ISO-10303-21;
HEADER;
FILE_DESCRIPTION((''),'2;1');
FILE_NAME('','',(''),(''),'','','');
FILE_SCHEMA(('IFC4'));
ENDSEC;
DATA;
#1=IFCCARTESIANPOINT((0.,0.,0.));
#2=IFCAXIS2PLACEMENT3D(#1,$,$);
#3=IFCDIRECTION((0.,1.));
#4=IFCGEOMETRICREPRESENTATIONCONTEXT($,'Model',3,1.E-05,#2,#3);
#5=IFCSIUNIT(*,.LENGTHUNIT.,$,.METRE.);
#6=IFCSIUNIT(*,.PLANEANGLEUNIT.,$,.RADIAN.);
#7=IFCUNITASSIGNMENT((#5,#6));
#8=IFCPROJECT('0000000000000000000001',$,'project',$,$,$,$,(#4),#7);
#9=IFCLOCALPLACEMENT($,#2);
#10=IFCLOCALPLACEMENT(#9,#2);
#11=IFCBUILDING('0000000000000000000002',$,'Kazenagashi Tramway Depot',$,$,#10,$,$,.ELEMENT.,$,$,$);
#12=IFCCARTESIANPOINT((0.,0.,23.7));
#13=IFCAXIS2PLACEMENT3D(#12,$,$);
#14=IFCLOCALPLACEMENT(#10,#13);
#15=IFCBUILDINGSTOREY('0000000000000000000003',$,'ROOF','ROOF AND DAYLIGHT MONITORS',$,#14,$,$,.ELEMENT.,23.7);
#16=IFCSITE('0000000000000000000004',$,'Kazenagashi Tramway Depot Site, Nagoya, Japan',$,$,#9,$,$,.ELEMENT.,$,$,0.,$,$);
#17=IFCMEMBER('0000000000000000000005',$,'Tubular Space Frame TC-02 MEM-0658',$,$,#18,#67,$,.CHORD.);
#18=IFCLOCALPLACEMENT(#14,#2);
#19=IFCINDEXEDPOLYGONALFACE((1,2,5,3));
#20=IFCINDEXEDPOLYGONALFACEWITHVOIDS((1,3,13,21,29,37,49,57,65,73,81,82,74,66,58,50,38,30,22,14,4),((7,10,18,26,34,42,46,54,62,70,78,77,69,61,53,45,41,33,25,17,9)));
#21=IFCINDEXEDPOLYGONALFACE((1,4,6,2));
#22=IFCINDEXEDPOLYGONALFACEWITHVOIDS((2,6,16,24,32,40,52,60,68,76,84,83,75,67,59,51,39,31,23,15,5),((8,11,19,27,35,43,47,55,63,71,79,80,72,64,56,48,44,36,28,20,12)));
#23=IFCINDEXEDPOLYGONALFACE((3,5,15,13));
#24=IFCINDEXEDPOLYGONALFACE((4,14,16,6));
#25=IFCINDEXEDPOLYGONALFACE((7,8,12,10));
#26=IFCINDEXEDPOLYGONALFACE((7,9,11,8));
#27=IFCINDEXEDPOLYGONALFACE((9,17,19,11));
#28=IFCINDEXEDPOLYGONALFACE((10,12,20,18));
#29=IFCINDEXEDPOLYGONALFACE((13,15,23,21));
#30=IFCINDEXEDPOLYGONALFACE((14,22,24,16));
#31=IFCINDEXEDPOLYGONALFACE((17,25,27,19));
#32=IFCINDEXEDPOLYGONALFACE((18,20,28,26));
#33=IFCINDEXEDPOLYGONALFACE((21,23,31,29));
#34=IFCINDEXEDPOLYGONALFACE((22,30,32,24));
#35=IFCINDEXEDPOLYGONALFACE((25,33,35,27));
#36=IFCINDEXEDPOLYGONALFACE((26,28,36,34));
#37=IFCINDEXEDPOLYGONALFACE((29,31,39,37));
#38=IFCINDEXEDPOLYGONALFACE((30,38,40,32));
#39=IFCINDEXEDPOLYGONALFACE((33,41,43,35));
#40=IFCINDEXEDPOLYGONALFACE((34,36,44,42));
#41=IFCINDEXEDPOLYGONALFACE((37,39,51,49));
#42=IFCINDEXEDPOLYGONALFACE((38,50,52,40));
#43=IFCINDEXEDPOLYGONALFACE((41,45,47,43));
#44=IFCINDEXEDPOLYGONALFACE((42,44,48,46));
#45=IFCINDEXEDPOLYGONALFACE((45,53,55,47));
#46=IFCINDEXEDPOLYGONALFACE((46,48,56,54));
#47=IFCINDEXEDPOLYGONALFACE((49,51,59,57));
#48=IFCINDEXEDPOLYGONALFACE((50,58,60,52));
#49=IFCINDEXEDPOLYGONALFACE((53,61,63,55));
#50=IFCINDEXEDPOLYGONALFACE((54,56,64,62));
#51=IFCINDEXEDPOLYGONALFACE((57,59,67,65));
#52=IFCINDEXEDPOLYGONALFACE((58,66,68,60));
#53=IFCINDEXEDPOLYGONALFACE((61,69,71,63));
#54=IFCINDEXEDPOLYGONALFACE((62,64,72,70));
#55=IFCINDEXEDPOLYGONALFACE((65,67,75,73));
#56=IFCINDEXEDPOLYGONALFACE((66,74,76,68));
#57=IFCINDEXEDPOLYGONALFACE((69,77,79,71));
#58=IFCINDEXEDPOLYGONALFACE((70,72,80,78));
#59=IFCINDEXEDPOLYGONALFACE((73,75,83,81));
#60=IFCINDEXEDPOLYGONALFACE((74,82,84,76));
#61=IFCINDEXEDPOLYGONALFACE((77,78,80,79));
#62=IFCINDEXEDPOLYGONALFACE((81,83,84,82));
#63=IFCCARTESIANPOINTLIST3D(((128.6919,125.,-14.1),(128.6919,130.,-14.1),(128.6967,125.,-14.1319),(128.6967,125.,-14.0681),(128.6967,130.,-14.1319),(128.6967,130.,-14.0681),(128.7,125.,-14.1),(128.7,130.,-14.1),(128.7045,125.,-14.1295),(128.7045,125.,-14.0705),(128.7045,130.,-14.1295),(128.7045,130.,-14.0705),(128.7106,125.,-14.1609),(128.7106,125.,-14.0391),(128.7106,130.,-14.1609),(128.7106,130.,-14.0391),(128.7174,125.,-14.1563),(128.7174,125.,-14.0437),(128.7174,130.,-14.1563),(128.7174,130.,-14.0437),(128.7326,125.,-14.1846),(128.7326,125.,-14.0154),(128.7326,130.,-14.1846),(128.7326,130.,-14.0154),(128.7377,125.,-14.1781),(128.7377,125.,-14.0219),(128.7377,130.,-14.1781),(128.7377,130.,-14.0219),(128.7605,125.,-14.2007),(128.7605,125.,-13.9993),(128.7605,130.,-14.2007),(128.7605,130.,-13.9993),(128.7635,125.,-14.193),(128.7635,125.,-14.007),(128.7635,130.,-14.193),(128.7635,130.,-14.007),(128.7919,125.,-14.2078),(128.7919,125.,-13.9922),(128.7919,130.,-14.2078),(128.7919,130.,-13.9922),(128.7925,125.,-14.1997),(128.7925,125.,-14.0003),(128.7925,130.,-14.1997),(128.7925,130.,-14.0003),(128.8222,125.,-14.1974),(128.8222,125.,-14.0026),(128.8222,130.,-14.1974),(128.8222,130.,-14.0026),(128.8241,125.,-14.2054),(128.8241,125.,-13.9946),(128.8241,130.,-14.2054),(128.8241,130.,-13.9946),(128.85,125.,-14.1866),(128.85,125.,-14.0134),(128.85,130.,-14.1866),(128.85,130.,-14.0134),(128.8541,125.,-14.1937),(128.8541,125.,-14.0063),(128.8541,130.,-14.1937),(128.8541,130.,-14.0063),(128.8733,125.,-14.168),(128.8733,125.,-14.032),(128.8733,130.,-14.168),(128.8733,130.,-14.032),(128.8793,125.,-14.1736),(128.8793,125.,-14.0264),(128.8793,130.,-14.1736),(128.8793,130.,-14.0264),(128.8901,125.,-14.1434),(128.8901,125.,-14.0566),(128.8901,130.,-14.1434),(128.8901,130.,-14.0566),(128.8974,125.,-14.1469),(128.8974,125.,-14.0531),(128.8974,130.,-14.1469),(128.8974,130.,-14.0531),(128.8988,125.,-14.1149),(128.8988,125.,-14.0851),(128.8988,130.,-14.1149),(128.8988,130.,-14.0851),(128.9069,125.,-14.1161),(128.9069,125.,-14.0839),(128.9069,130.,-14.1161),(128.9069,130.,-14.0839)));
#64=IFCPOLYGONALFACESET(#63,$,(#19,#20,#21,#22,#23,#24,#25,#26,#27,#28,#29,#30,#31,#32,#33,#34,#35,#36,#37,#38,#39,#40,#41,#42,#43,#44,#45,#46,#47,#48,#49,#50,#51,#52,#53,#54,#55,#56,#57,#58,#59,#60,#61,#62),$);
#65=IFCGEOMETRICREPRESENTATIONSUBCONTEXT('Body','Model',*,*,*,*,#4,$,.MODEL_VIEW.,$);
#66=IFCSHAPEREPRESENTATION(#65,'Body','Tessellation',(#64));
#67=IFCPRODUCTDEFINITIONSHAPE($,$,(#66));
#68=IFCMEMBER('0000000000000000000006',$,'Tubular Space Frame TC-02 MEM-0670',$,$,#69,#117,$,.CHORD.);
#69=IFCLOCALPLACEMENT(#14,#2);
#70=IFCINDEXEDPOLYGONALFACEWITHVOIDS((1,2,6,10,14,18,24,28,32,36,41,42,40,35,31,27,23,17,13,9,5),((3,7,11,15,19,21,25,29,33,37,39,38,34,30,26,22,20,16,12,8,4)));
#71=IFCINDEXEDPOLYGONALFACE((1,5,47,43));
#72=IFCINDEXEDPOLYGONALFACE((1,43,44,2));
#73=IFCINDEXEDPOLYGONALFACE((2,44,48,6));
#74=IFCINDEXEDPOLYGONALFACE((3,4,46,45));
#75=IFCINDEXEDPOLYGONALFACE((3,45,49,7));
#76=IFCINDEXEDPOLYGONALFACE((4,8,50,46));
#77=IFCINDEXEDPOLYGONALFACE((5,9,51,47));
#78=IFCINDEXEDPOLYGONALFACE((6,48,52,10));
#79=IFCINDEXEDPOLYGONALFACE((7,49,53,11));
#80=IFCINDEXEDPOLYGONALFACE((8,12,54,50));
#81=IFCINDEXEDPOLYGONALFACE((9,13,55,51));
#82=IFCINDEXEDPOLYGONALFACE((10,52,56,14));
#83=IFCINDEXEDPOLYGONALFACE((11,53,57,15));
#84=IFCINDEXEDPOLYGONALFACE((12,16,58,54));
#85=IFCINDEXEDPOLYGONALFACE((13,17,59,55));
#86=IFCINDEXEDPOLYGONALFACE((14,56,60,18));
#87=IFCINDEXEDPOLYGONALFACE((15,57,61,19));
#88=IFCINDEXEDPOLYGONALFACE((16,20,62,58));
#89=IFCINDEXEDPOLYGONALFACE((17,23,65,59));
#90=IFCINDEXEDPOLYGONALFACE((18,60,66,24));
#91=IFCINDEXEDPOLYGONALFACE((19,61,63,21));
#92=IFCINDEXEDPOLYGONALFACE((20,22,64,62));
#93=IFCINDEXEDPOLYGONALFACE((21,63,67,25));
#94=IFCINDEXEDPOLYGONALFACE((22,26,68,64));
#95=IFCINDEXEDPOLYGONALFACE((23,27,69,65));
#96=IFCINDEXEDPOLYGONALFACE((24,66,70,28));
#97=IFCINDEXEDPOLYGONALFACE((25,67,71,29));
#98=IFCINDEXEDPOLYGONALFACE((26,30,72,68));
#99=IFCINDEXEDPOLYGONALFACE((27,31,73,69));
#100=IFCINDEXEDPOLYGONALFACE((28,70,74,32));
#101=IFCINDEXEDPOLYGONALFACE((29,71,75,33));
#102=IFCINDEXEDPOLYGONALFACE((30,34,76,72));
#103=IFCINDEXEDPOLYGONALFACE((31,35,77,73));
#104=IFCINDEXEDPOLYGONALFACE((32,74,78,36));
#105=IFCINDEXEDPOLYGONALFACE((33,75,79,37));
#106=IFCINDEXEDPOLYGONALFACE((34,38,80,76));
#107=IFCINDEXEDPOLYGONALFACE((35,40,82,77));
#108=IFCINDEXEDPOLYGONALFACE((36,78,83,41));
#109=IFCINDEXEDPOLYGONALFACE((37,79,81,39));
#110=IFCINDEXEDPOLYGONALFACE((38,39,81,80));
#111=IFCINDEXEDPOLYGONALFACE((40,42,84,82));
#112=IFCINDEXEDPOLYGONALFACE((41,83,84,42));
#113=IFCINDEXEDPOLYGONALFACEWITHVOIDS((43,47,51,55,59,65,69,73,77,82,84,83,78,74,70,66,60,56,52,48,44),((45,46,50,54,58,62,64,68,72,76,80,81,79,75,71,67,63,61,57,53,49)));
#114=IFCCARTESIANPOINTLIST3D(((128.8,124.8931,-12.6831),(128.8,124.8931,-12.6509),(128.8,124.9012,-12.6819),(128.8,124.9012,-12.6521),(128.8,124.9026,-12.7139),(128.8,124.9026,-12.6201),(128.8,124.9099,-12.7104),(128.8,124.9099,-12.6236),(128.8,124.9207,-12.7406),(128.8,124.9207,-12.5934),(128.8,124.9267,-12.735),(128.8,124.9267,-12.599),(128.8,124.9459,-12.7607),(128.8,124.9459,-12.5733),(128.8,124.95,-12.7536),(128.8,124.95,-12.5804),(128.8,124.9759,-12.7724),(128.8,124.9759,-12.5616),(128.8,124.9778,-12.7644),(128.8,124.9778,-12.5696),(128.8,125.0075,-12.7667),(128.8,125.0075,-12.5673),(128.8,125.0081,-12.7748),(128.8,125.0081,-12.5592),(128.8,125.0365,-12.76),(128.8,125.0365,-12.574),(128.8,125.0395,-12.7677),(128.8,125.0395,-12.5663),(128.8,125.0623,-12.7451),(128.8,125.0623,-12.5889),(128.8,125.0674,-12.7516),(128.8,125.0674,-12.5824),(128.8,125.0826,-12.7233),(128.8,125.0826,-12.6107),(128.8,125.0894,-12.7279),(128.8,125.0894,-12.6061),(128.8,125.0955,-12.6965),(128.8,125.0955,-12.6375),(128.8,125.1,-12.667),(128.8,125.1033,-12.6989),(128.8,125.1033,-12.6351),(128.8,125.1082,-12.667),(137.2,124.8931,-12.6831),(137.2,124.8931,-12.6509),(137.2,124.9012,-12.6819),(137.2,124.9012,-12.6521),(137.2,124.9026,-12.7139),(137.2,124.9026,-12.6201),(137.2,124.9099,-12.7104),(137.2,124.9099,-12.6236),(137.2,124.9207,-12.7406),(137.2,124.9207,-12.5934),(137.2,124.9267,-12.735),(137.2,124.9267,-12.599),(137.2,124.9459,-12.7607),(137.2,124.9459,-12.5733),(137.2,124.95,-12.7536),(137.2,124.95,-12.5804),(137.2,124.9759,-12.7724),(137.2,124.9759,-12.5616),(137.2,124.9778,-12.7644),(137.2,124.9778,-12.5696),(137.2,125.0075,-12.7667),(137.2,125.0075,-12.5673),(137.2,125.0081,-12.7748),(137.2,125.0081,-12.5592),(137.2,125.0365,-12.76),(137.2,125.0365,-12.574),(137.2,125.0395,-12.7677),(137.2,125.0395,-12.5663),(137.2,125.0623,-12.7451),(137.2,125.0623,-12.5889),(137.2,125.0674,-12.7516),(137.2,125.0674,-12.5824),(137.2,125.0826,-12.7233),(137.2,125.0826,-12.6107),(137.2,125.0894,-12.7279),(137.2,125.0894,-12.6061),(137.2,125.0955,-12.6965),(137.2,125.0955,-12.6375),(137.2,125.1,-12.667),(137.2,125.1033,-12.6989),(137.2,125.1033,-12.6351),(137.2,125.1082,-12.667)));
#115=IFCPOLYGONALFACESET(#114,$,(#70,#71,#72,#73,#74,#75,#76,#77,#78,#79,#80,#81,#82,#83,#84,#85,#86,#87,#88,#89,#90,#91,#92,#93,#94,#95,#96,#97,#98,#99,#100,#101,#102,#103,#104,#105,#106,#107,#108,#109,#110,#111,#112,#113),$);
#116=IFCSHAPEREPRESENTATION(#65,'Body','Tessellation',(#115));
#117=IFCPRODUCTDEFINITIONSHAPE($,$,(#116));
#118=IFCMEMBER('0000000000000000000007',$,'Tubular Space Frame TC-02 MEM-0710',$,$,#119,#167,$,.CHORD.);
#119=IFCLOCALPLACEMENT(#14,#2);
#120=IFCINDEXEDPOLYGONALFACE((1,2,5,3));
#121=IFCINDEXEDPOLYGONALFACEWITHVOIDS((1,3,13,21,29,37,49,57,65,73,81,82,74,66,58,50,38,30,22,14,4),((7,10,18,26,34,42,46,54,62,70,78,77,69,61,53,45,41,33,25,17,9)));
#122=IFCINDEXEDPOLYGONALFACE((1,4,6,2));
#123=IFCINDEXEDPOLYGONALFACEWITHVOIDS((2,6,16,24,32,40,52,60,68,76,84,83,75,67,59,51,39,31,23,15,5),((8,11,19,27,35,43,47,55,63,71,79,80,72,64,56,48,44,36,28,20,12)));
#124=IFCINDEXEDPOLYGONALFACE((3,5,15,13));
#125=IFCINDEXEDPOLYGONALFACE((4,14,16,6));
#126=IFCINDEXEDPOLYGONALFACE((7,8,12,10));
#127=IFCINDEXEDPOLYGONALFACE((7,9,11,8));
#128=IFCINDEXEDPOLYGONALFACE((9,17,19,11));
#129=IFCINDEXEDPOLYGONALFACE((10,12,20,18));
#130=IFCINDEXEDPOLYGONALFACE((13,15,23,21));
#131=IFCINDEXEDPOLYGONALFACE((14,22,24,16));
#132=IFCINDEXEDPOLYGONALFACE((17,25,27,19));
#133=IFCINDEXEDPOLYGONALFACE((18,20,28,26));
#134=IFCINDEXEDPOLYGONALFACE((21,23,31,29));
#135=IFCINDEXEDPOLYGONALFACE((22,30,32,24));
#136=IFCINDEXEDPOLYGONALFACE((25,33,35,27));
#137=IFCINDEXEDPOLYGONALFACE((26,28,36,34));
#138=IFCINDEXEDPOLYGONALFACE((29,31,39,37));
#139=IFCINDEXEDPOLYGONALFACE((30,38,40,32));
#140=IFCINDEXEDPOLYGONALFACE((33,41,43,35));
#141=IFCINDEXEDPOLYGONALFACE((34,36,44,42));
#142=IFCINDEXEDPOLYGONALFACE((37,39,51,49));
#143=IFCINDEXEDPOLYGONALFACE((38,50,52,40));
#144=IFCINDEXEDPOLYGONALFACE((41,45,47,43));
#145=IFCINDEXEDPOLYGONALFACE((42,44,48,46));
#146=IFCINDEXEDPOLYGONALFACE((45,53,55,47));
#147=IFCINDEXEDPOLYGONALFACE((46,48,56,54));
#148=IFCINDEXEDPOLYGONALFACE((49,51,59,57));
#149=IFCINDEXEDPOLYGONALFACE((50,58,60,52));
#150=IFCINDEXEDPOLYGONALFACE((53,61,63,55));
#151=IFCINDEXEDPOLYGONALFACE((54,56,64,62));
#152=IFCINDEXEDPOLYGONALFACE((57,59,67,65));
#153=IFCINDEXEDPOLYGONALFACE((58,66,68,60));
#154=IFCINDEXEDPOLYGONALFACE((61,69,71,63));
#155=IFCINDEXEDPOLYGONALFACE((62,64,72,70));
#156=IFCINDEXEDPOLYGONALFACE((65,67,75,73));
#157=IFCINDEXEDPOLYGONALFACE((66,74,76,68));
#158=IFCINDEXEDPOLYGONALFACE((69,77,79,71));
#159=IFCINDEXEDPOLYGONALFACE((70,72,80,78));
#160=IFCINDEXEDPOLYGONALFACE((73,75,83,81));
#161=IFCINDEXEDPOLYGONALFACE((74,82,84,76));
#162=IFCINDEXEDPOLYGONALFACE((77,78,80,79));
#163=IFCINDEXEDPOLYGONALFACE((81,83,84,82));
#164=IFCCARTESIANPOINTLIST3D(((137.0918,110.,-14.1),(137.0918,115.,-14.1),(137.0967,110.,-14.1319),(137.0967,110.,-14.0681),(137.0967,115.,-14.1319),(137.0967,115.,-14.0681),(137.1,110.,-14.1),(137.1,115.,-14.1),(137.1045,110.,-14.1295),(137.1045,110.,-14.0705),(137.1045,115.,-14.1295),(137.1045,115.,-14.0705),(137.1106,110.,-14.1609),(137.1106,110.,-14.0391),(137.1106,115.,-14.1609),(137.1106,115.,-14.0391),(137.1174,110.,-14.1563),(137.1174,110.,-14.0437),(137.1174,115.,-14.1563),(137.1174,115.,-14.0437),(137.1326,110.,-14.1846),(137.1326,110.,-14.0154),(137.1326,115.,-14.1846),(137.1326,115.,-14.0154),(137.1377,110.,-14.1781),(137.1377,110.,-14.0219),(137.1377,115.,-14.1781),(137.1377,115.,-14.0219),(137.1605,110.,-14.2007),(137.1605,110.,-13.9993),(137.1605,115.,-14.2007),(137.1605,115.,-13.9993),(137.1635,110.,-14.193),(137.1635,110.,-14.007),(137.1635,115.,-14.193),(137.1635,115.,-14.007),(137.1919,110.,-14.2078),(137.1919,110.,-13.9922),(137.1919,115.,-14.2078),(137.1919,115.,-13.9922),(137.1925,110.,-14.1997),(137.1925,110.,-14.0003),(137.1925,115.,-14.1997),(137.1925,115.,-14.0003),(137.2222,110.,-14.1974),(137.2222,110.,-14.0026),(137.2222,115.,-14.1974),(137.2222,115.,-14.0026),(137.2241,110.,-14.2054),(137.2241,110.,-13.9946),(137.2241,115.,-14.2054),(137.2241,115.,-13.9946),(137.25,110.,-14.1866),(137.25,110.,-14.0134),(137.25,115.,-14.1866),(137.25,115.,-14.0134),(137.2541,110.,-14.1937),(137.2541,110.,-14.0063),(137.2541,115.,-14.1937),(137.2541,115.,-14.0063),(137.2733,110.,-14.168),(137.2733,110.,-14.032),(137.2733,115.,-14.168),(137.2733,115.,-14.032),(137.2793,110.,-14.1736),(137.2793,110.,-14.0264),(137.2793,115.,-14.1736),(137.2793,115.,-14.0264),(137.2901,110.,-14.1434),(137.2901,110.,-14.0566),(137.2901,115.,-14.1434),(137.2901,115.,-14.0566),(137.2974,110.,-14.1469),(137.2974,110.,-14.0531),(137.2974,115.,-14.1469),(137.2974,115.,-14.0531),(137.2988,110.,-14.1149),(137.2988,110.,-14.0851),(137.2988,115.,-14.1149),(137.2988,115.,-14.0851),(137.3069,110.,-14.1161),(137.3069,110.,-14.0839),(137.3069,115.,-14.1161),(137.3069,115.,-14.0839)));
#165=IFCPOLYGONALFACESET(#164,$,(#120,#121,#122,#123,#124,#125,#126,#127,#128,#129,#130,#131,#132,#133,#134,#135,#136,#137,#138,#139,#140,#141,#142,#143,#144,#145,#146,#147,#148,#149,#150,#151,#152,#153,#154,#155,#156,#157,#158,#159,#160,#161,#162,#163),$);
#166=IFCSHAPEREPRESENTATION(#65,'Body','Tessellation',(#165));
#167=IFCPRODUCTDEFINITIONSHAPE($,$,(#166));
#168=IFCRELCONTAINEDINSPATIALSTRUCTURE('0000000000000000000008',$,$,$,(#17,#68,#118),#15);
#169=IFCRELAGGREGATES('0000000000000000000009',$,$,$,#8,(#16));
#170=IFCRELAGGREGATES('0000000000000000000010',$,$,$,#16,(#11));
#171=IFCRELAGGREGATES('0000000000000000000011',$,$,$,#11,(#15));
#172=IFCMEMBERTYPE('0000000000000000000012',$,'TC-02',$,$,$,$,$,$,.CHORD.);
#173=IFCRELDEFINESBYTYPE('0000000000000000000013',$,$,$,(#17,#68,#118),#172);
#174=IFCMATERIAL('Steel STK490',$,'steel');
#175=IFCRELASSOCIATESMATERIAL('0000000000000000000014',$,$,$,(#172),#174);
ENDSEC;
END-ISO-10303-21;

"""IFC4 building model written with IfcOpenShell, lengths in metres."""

from ifc_helpers import new_model, si_unit, direction, frame, origin, origin_2d, place, context, subcontext, project, spatial, hollow_circle, extrude, material, material_profile, profile_set, type_object, element, save


model = new_model("IFC4")

# Units and contexts
model_context = context("Model", 3, precision=1e-05, world=origin(), true_north=direction((0.0, 1.0)))
body_context = subcontext(model_context, "Body", "Model", "MODEL_VIEW")
ifc_project = project(units=[si_unit("LENGTHUNIT", "METRE"), si_unit("PLANEANGLEUNIT", "RADIAN")], contexts=[model_context])

# Site, building, storey
site_placement = place(None, origin())
site = spatial("IfcSite", under=ifc_project, at=site_placement, Name="Kazenagashi Tramway Depot Site, Nagoya, Japan", CompositionType="ELEMENT", RefElevation=0.0)
building_placement = place(site_placement, origin())
building = spatial("IfcBuilding", under=site, at=building_placement, Name="Kazenagashi Tramway Depot", CompositionType="ELEMENT")
storey_placement = place(building_placement, frame((0.0, 0.0, 23.7)))
storey = spatial("IfcBuildingStorey", under=building, at=storey_placement, Name="ROOF", Description="ROOF AND DAYLIGHT MONITORS", CompositionType="ELEMENT", Elevation=23.7)

# Members
ifc_material_1 = material(Name="Steel STK490", Category="steel")
ifc_material_profile_1 = material_profile(ifc_material_1, hollow_circle(Radius=0.1081, WallThickness=0.0082, at=origin_2d()), Name="CHS-216.3x8.2")
ifc_profile_set_1 = profile_set([ifc_material_profile_1], Name="Steel STK490")
member_type_1 = type_object("IfcMemberType", Name="TC-02", PredefinedType="CHORD", material=ifc_profile_set_1)
for number, where, z_axis, x_axis, name in (
    (1, (128.8, 125.0, -14.1), (0.0, 1.0, 0.0), (-1.0, 0.0, 0.0), "Tubular Space Frame TC-02 MEM-0658"),
):
    element("IfcMember", number, at=place(storey_placement, frame(where, z_axis=z_axis, x_axis=x_axis)), inside=storey, type_object=member_type_1, Name=name, PredefinedType="CHORD", context=body_context, shape_type="SweptSolid", body=[
        extrude(hollow_circle(Radius=0.1081, WallThickness=0.0082, at=origin_2d()), origin(), (0.0, 0.0, 1.0), 5.0),
    ])
member_1_placement = place(storey_placement, frame((128.8, 125.0, -12.667), z_axis=(1.0, 0.0, 0.0), x_axis=(0.0, 1.0, 0.0)))
element("IfcMember", 2, at=member_1_placement, inside=storey, type_object=member_type_1, Name="Tubular Space Frame TC-02 MEM-0670", PredefinedType="CHORD", context=body_context, shape_type="SweptSolid", body=[
    extrude(hollow_circle(Radius=0.1081, WallThickness=0.0082, at=origin_2d()), origin(), (0.0, 0.0, 1.0), 8.4),
])
for number, where, z_axis, x_axis, name in (
    (3, (137.2, 110.0, -14.1), (0.0, 1.0, 0.0), (-1.0, 0.0, 0.0), "Tubular Space Frame TC-02 MEM-0710"),
):
    element("IfcMember", number, at=place(storey_placement, frame(where, z_axis=z_axis, x_axis=x_axis)), inside=storey, type_object=member_type_1, Name=name, PredefinedType="CHORD", context=body_context, shape_type="SweptSolid", body=[
        extrude(hollow_circle(Radius=0.1081, WallThickness=0.0082, at=origin_2d()), origin(), (0.0, 0.0, 1.0), 5.0),
    ])

save(model, "model.ifc")
